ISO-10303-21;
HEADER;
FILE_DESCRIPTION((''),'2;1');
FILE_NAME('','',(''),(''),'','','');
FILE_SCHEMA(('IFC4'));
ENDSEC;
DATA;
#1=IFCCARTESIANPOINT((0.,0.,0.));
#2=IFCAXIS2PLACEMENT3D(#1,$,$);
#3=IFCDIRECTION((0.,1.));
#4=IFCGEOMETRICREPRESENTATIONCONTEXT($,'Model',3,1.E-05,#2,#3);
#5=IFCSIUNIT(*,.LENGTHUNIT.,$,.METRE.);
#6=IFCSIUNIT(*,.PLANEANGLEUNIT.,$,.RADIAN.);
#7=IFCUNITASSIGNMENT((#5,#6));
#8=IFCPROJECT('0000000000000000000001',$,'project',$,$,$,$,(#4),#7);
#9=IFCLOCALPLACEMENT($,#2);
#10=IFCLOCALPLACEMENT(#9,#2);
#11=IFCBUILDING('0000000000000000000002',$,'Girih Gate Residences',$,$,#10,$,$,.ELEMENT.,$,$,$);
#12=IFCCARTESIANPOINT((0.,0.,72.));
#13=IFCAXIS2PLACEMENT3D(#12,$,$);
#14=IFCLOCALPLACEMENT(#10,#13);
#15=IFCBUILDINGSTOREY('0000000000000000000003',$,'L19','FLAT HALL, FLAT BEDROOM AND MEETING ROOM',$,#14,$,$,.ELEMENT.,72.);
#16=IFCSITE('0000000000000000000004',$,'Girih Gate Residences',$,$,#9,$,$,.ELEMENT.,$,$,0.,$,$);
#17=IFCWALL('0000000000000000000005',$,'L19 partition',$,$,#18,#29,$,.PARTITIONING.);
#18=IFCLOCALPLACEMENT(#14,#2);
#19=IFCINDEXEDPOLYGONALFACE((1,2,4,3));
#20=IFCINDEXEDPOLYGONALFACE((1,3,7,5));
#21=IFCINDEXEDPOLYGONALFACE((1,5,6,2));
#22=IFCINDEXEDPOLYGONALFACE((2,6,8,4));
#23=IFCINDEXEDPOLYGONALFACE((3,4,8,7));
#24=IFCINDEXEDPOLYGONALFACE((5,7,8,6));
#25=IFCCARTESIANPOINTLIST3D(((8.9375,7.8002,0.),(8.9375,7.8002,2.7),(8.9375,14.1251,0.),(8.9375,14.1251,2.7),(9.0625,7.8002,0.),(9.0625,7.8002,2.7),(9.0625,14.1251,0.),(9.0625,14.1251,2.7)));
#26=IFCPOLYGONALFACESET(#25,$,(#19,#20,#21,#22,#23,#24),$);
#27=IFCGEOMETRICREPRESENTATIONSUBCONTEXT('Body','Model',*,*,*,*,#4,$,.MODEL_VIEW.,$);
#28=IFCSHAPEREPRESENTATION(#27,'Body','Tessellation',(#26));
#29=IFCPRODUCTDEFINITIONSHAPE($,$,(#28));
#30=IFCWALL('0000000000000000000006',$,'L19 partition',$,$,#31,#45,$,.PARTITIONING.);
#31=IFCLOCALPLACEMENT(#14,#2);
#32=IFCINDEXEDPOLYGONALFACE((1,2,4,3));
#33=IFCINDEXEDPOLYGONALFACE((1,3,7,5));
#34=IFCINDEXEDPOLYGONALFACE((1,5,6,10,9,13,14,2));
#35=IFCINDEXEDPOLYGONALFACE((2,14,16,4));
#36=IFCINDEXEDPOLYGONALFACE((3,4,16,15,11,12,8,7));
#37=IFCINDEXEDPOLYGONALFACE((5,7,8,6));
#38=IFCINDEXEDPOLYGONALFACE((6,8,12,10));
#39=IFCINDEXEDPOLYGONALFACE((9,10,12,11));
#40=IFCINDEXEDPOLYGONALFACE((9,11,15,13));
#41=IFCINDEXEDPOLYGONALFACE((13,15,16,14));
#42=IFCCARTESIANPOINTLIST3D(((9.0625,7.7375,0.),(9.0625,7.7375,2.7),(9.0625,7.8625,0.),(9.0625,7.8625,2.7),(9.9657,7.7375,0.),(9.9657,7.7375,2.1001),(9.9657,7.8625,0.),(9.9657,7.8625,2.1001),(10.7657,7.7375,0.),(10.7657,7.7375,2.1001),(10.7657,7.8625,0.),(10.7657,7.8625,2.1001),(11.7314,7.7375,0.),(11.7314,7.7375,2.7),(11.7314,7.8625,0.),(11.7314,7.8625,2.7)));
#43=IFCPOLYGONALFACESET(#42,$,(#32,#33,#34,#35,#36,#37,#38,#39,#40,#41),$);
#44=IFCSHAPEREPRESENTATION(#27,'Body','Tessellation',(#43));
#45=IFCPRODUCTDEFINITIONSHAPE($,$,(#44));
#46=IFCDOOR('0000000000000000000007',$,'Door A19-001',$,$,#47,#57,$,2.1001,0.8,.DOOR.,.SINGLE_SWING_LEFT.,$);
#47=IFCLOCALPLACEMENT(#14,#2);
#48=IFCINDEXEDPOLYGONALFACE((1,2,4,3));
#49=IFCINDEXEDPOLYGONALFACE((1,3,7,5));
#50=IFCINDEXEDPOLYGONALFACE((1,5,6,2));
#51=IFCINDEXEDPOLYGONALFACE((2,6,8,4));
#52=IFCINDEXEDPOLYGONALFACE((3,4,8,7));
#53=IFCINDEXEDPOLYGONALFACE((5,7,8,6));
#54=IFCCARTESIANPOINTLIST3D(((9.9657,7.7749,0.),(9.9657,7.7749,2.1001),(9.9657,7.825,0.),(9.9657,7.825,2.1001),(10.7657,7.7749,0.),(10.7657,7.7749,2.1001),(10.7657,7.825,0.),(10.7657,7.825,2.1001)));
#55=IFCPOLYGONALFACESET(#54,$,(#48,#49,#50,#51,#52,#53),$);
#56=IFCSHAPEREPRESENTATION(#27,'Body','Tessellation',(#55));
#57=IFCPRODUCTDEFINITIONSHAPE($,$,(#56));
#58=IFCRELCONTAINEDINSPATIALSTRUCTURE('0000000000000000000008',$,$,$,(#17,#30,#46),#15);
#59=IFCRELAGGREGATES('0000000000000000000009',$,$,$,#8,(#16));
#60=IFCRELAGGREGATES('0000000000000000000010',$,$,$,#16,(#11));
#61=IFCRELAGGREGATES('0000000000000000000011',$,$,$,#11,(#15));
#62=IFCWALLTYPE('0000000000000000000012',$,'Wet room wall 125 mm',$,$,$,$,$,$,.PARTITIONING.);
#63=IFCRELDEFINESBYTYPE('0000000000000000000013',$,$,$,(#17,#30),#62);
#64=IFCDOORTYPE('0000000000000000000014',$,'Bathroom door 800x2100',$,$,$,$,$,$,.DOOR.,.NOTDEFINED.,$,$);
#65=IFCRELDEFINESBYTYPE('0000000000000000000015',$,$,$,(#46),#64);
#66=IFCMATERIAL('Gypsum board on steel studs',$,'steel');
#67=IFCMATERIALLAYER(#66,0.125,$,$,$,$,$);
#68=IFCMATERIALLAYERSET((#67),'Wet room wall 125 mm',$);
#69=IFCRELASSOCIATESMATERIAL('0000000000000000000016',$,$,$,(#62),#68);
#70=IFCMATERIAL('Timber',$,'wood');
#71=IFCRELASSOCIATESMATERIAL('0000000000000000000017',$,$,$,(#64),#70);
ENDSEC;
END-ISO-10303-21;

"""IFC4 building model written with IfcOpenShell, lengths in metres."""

from ifc_helpers import new_model, si_unit, direction, frame, frame_2d, origin, place, context, subcontext, project, spatial, rectangle, extrude, material, layer, layer_set, type_object, element, fill, save


model = new_model("IFC4")

# Units and contexts
model_context = context("Model", 3, precision=1e-05, world=origin(), true_north=direction((0.0, 1.0)))
body_context = subcontext(model_context, "Body", "Model", "MODEL_VIEW")
ifc_project = project(units=[si_unit("LENGTHUNIT", "METRE"), si_unit("PLANEANGLEUNIT", "RADIAN")], contexts=[model_context])

# Site, building, storey
site_placement = place(None, origin())
site = spatial("IfcSite", under=ifc_project, at=site_placement, Name="Girih Gate Residences", CompositionType="ELEMENT", RefElevation=0.0)
building_placement = place(site_placement, origin())
building = spatial("IfcBuilding", under=site, at=building_placement, Name="Girih Gate Residences", CompositionType="ELEMENT")
storey_placement = place(building_placement, frame((0.0, 0.0, 72.0)))
storey = spatial("IfcBuildingStorey", under=building, at=storey_placement, Name="L19", Description="FLAT HALL, FLAT BEDROOM AND MEETING ROOM", CompositionType="ELEMENT", Elevation=72.0)

# Shared definitions
ifc_material_1 = material(Name="Gypsum board on steel studs", Category="steel")

# Shared definitions
ifc_material_2 = material(Name="Timber", Category="wood")

# Wall
ifc_layer_1 = layer(ifc_material_1, 0.125)
ifc_layer_set_1 = layer_set([ifc_layer_1], Name="Wet room wall 125 mm")
wall_type_1 = type_object("IfcWallType", Name="Wet room wall 125 mm", PredefinedType="PARTITIONING", material=ifc_layer_set_1)
wall_1_placement = place(storey_placement, frame((9.0, 7.8, 0.0), z_axis=(0.0, 0.0, 1.0), x_axis=(0.0, 1.0, 0.0)))
element("IfcWall", 1, at=wall_1_placement, inside=storey, type_object=wall_type_1, Name="L19 partition", PredefinedType="PARTITIONING", context=body_context, shape_type="SweptSolid", body=[
    extrude(rectangle(XDim=6.325, YDim=0.125, at=frame_2d((3.1626, 0.0))), origin(), (0.0, 0.0, 1.0), 2.7),
])

# Wall, opening, door
wall_2_placement = place(storey_placement, frame((9.0625, 7.8, 0.0), z_axis=(0.0, 0.0, 1.0), x_axis=(1.0, 0.0, 0.0)))
wall_2 = element("IfcWall", 2, at=wall_2_placement, inside=storey, type_object=wall_type_1, Name="L19 partition", PredefinedType="PARTITIONING", context=body_context, shape_type="SweptSolid", body=[
    extrude(rectangle(XDim=2.6689, YDim=0.125, at=frame_2d((1.3345, 0.0))), origin(), (0.0, 0.0, 1.0), 2.7),
])
opening_1_placement = place(wall_2_placement, frame((0.9033, 0.0, 0.0)))
opening_1 = element("IfcOpeningElement", 3, at=opening_1_placement, cuts=wall_2, PredefinedType="OPENING", context=body_context, shape_type="SweptSolid", body=[
    extrude(rectangle(XDim=0.8, YDim=2.1001, at=frame_2d((0.3999, 1.05))), frame((0.0, 0.0725, 0.0), z_axis=(0.0, -1.0, 0.0), x_axis=(1.0, 0.0, 0.0)), (0.0, 0.0, 1.0), 0.145),
])
door_type_1 = type_object("IfcDoorType", Name="Bathroom door 800x2100", OperationType="NOTDEFINED", PredefinedType="DOOR", material=ifc_material_2)
door_1_placement = place(opening_1_placement, origin())
door_1 = element("IfcDoor", 4, at=door_1_placement, inside=storey, type_object=door_type_1, Name="Door A19-001", OperationType="SINGLE_SWING_LEFT", OverallHeight=2.1001, OverallWidth=0.8, PredefinedType="DOOR", context=body_context, shape_type="SweptSolid", body=[
    extrude(rectangle(XDim=0.8, YDim=2.1001, at=frame_2d((0.3999, 1.05))), frame((0.0, 0.0249, 0.0), z_axis=(0.0, -1.0, 0.0), x_axis=(1.0, 0.0, 0.0)), (0.0, 0.0, 1.0), 0.05),
])
fill(opening_1, door_1)

save(model, "model.ifc")
